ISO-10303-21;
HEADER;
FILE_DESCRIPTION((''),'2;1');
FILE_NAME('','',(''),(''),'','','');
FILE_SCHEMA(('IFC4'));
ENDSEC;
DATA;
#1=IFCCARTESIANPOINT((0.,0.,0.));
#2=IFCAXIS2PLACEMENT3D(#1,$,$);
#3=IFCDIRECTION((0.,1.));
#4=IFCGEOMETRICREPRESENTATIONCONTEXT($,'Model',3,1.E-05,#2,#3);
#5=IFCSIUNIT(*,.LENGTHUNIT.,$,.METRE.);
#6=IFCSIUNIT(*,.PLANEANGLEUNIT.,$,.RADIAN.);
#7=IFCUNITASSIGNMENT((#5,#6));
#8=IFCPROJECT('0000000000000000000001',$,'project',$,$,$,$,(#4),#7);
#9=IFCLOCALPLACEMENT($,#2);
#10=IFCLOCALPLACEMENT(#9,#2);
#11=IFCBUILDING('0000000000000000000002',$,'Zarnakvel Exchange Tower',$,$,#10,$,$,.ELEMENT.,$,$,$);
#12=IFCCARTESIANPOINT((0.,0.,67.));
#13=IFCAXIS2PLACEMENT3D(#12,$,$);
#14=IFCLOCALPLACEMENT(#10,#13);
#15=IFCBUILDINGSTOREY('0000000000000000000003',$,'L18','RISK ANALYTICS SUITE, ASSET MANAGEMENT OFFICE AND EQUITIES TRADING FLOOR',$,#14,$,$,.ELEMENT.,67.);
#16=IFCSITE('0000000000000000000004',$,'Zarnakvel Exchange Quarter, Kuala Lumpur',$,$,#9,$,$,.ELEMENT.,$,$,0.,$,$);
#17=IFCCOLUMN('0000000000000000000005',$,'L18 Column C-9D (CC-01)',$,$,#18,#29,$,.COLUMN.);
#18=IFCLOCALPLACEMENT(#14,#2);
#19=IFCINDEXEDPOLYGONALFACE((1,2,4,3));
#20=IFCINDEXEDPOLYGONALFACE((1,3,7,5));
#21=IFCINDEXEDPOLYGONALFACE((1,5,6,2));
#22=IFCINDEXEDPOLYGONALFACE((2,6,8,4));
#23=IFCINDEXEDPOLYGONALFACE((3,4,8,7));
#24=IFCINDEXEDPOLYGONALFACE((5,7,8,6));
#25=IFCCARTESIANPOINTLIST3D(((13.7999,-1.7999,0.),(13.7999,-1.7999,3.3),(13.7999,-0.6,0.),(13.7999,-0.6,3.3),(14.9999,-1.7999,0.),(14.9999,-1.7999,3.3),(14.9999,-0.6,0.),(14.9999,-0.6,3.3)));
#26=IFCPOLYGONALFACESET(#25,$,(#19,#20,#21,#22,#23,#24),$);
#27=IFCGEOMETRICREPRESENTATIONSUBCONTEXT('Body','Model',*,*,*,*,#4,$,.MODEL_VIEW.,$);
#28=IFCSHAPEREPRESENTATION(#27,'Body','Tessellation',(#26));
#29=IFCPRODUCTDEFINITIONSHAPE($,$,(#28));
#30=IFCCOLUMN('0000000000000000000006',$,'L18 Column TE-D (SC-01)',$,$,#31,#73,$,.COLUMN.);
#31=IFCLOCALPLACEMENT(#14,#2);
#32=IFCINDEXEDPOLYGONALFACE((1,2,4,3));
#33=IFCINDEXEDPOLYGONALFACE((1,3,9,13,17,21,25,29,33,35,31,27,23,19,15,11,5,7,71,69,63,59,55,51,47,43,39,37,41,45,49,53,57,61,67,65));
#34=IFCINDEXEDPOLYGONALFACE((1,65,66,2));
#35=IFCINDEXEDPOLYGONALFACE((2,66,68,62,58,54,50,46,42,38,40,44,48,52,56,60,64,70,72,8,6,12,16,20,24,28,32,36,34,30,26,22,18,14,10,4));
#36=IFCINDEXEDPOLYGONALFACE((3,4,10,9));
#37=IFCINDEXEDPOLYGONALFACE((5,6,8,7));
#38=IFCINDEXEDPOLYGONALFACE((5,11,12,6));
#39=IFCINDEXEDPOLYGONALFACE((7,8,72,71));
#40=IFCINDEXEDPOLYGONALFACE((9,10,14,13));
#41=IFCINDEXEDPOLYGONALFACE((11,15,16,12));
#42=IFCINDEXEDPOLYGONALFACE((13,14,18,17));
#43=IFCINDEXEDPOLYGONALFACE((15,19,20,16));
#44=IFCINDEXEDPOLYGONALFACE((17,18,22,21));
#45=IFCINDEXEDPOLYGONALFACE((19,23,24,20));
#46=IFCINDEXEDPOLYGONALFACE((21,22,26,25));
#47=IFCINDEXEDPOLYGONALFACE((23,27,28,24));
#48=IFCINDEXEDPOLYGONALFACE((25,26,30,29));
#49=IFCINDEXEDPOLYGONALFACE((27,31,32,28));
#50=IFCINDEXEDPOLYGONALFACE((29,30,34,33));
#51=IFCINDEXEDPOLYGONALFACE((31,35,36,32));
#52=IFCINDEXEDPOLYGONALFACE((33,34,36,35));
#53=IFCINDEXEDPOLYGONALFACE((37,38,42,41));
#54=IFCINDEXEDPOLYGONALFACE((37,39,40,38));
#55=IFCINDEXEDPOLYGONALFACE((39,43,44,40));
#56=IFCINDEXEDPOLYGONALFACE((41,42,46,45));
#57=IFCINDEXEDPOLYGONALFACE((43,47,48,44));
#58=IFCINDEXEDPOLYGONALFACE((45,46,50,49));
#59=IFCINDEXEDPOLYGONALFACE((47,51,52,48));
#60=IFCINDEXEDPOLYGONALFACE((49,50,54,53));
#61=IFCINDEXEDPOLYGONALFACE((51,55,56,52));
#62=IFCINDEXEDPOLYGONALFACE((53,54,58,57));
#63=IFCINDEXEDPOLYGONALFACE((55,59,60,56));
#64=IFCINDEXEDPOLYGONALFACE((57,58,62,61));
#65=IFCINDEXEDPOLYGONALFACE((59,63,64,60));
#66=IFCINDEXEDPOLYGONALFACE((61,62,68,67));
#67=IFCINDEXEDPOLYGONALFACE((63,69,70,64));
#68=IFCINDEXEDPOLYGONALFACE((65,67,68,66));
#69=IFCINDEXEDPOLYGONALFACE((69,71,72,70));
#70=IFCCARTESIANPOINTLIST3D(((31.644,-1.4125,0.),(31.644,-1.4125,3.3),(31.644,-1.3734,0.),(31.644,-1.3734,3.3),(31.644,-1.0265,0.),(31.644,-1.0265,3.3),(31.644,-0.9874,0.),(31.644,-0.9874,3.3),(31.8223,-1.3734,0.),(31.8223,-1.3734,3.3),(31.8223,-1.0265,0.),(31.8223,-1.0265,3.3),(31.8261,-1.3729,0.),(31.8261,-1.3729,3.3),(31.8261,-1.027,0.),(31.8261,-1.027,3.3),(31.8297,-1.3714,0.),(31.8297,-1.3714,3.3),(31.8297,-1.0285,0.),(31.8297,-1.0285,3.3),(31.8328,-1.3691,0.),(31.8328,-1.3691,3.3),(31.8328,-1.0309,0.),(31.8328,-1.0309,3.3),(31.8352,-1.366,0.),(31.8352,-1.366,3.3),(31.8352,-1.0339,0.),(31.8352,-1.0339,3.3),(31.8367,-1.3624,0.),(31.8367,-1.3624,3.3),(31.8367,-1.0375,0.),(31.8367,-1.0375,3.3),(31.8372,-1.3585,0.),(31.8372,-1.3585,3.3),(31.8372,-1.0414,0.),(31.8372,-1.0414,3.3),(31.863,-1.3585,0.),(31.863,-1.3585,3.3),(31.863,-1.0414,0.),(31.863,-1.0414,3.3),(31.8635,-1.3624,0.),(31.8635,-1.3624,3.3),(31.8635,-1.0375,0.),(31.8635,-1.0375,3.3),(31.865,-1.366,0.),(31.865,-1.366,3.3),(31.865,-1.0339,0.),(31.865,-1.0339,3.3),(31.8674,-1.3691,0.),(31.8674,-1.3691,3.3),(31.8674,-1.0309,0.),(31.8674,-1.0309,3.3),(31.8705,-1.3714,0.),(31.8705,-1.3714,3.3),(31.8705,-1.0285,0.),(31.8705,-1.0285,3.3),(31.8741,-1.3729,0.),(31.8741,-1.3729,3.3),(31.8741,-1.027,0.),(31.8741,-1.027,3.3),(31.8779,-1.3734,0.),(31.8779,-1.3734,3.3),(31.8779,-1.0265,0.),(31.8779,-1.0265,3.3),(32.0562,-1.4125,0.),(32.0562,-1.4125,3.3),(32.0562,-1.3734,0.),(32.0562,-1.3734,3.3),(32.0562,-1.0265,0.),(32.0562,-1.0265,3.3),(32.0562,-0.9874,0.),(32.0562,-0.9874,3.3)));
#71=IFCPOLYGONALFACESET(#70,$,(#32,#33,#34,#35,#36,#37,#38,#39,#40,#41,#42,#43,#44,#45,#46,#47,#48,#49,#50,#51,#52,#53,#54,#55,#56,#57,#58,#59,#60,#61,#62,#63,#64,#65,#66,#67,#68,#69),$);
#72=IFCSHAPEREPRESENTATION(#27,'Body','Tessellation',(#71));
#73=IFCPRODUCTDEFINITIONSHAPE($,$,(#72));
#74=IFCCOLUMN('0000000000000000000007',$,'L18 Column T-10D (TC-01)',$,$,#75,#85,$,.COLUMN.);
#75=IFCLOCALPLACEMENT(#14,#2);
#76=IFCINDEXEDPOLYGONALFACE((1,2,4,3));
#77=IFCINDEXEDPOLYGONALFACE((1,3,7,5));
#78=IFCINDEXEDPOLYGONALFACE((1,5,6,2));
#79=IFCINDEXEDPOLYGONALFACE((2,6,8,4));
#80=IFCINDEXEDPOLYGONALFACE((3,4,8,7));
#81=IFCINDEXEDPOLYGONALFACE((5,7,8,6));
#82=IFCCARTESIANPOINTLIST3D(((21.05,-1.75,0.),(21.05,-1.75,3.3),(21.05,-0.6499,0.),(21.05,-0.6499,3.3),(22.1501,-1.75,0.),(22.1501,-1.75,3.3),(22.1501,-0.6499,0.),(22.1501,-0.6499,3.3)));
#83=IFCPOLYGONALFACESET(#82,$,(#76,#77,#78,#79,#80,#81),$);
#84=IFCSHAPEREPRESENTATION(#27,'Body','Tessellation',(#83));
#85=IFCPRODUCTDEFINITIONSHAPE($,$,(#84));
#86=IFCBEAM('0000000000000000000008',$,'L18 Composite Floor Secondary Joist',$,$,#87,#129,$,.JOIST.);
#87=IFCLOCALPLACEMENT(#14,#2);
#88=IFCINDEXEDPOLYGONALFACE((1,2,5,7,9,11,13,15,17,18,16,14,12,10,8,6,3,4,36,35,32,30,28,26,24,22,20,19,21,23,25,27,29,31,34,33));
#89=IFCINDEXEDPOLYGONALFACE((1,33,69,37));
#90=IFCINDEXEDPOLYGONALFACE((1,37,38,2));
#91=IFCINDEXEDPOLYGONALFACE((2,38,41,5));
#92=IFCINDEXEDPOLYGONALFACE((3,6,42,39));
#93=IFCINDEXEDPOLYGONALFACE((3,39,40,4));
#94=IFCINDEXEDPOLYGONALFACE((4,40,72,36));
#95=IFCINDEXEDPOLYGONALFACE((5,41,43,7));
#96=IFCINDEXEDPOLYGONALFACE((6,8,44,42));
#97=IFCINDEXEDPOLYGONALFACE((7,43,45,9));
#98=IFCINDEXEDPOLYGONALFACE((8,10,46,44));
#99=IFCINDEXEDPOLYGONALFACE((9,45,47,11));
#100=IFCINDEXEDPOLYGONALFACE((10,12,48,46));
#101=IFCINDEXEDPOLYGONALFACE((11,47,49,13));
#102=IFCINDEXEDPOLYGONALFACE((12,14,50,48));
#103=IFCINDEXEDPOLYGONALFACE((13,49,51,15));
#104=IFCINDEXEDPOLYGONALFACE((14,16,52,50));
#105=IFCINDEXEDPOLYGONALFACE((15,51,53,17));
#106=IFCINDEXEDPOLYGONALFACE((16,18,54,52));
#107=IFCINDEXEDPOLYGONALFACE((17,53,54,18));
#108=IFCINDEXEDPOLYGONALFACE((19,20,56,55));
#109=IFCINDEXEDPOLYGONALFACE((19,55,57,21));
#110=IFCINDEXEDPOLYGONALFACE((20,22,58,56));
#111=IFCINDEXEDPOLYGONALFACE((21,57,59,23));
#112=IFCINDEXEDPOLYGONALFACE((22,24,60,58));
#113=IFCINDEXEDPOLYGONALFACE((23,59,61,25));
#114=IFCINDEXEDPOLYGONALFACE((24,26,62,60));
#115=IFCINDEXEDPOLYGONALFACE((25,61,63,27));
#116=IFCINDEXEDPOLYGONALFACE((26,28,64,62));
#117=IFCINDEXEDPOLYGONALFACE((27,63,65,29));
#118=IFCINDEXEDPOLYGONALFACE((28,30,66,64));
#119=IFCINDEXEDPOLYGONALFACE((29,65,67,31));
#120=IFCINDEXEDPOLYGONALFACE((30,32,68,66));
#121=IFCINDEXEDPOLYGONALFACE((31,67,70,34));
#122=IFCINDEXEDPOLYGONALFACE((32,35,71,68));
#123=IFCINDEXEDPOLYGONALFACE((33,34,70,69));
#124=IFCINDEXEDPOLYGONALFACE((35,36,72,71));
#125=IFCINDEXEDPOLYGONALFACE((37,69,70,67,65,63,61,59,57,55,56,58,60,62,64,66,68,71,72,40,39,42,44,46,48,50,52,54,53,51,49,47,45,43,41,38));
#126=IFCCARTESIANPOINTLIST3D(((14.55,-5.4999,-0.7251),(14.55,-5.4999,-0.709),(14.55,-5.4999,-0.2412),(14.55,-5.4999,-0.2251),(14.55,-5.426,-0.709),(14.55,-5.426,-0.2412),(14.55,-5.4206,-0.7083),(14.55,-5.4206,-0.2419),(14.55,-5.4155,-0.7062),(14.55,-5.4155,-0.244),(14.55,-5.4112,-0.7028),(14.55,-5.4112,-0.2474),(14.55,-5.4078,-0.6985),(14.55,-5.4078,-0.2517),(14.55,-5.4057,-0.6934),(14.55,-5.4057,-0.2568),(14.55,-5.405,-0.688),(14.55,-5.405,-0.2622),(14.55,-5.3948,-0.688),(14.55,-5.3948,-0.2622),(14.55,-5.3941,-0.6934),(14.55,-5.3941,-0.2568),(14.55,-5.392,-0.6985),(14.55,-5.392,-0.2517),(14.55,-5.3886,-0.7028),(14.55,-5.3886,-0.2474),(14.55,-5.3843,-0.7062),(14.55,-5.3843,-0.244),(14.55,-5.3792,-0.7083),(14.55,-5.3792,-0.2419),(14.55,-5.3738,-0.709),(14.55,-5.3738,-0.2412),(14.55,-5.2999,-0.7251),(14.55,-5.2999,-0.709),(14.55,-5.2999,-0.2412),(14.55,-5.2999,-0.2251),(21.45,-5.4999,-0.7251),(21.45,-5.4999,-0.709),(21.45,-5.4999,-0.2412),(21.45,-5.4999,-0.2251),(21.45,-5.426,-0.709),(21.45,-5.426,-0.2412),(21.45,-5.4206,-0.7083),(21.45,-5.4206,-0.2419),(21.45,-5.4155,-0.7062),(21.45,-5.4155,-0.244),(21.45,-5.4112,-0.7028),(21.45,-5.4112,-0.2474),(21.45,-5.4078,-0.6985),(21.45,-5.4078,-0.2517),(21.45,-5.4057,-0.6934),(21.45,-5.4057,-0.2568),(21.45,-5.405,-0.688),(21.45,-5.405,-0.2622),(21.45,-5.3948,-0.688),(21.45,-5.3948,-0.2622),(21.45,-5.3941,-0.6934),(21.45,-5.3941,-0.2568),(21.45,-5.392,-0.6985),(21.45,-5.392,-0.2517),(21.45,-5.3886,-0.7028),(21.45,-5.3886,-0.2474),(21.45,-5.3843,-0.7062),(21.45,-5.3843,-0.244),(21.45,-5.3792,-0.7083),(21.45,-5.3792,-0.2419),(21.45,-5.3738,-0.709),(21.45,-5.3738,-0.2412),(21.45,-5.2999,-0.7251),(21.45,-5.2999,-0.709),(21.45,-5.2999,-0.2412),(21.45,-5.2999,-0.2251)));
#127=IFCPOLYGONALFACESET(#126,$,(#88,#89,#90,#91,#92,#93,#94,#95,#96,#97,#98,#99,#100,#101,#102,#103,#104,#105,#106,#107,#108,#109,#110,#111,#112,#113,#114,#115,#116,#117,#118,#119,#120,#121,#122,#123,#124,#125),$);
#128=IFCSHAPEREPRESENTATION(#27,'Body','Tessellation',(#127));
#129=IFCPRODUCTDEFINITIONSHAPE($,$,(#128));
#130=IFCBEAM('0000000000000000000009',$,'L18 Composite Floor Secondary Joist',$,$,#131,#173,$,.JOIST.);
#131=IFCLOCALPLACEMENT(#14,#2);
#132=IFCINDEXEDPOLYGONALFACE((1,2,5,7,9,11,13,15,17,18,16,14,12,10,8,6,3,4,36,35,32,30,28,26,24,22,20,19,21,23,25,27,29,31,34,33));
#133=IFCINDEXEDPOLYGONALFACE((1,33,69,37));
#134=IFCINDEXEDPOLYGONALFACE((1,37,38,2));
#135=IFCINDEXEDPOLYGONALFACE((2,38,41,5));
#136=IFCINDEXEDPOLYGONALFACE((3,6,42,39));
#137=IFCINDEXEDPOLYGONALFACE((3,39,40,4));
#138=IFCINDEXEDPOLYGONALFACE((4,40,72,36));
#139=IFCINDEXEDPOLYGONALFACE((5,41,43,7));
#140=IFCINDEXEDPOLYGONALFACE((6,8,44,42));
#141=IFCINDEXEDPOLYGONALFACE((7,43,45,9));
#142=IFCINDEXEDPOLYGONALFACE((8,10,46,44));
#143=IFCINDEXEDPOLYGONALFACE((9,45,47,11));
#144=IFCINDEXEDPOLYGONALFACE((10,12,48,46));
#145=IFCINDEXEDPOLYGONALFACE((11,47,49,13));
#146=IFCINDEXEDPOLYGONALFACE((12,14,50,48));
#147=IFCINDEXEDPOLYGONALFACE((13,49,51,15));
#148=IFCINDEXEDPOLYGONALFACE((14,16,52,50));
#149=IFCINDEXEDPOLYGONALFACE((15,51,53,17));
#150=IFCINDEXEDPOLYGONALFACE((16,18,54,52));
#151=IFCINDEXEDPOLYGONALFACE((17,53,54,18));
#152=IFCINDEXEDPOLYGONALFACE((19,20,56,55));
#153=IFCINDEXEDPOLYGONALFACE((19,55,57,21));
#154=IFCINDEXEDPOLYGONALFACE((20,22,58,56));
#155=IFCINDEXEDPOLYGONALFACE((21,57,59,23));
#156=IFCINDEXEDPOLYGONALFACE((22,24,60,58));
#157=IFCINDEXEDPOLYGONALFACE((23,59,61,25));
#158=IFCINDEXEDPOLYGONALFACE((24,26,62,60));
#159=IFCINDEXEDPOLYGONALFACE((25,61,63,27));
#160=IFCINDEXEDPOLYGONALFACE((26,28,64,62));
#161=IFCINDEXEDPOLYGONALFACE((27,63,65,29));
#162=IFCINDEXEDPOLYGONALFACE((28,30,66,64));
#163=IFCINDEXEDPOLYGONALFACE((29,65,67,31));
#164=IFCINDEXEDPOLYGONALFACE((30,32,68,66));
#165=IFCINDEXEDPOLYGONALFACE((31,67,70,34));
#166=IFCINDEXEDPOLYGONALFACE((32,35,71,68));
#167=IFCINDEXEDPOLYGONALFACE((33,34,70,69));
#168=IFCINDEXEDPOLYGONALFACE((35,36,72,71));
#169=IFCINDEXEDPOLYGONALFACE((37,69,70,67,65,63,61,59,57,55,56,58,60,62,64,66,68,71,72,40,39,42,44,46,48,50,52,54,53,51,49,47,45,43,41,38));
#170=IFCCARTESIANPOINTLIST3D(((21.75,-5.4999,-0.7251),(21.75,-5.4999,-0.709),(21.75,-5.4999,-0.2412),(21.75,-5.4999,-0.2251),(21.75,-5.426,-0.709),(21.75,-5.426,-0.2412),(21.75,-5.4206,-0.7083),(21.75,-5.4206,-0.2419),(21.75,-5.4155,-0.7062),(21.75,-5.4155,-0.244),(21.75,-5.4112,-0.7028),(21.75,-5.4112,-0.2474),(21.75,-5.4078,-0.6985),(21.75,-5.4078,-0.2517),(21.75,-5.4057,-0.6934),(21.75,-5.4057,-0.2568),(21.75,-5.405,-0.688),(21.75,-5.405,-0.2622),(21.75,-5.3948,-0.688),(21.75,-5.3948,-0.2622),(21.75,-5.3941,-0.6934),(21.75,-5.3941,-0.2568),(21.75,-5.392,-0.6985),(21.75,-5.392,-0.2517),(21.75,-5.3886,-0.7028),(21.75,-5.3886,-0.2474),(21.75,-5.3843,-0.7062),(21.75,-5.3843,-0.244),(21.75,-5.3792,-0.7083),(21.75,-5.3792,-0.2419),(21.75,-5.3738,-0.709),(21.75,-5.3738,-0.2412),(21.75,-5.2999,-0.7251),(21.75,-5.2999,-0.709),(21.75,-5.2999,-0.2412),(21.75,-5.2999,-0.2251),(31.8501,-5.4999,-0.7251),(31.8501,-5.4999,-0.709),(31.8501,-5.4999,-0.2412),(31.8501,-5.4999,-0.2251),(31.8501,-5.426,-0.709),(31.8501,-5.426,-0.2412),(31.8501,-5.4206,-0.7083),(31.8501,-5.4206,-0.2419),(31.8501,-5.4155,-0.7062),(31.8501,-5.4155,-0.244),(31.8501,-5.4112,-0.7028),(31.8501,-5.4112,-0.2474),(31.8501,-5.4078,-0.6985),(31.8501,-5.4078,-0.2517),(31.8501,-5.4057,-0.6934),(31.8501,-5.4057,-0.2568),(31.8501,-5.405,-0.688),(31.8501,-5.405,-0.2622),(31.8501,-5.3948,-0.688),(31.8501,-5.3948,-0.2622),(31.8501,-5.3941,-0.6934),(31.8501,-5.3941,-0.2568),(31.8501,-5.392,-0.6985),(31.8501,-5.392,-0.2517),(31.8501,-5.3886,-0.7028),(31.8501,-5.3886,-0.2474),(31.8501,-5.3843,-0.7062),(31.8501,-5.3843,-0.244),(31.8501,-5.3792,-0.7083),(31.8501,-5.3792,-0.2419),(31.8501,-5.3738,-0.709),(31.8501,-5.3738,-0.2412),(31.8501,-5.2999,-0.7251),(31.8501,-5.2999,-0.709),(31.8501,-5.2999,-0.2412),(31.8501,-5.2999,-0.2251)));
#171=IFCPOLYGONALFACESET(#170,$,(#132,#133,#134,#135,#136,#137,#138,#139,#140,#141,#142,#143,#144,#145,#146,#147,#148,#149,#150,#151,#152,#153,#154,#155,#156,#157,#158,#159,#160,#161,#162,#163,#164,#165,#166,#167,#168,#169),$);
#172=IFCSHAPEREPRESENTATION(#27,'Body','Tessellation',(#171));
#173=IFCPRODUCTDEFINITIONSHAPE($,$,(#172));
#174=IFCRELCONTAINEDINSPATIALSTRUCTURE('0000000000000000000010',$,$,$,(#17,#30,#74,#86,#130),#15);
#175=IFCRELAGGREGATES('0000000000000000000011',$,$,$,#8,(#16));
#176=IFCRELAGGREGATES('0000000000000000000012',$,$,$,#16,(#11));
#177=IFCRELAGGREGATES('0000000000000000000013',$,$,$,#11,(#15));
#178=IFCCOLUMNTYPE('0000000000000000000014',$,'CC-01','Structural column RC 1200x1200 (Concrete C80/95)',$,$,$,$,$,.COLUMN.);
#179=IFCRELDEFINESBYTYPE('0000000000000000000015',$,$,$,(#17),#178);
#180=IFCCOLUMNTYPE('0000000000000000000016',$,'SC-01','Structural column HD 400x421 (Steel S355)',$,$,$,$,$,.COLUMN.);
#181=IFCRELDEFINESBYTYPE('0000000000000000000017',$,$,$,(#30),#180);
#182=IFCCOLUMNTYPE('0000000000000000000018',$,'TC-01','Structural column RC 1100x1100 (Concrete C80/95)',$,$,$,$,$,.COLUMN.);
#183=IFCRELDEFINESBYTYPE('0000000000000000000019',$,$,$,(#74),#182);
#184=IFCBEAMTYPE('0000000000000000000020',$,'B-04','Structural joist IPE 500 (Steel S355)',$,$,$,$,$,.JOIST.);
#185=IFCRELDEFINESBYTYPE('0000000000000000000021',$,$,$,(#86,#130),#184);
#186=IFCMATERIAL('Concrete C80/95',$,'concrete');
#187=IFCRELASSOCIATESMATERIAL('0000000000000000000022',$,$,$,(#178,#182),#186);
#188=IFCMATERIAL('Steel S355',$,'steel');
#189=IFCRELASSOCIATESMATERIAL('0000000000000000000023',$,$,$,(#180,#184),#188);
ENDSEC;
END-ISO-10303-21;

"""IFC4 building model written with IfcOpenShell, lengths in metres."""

from ifc_helpers import new_model, si_unit, direction, frame, origin, origin_2d, place, context, subcontext, project, spatial, rectangle, i_section, extrude, material, material_profile, profile_set, type_object, element, save


model = new_model("IFC4")

# Units and contexts
model_context = context("Model", 3, precision=1e-05, world=origin(), true_north=direction((0.0, 1.0)))
body_context = subcontext(model_context, "Body", "Model", "MODEL_VIEW")
ifc_project = project(units=[si_unit("LENGTHUNIT", "METRE"), si_unit("PLANEANGLEUNIT", "RADIAN")], contexts=[model_context])

# Site, building, storey
site_placement = place(None, origin())
site = spatial("IfcSite", under=ifc_project, at=site_placement, Name="Zarnakvel Exchange Quarter, Kuala Lumpur", CompositionType="ELEMENT", RefElevation=0.0)
building_placement = place(site_placement, origin())
building = spatial("IfcBuilding", under=site, at=building_placement, Name="Zarnakvel Exchange Tower", CompositionType="ELEMENT")
storey_placement = place(building_placement, frame((0.0, 0.0, 67.0)))
storey = spatial("IfcBuildingStorey", under=building, at=storey_placement, Name="L18", Description="RISK ANALYTICS SUITE, ASSET MANAGEMENT OFFICE AND EQUITIES TRADING FLOOR", CompositionType="ELEMENT", Elevation=67.0)

# Columns
ifc_material_1 = material(Name="Concrete C80/95", Category="concrete")
ifc_material_profile_1 = material_profile(ifc_material_1, rectangle(XDim=1.2, YDim=1.2, at=origin_2d()))
ifc_profile_set_1 = profile_set([ifc_material_profile_1], Name="Concrete C80/95")
column_type_1 = type_object("IfcColumnType", Name="CC-01", Description="Structural column RC 1200x1200 (Concrete C80/95)", PredefinedType="COLUMN", material=ifc_profile_set_1)
column_1_placement = place(storey_placement, frame((14.3999, -1.2, 0.0), z_axis=(0.0, 0.0, 1.0), x_axis=(1.0, 0.0, 0.0)))
element("IfcColumn", 1, at=column_1_placement, inside=storey, type_object=column_type_1, Name="L18 Column C-9D (CC-01)", PredefinedType="COLUMN", context=body_context, shape_type="SweptSolid", body=[
    extrude(rectangle(XDim=1.2, YDim=1.2, at=origin_2d()), origin(), (0.0, 0.0, 1.0), 3.3),
])
ifc_material_2 = material(Name="Steel S355", Category="steel")
ifc_material_profile_2 = material_profile(ifc_material_2, i_section(OverallWidth=0.4121, OverallDepth=0.425, WebThickness=0.0259, FlangeThickness=0.0391, FilletRadius=0.0149, at=origin_2d()))
ifc_profile_set_2 = profile_set([ifc_material_profile_2], Name="Steel S355")
column_type_2 = type_object("IfcColumnType", Name="SC-01", Description="Structural column HD 400x421 (Steel S355)", PredefinedType="COLUMN", material=ifc_profile_set_2)
column_2_placement = place(storey_placement, frame((31.8501, -1.2, 0.0), z_axis=(0.0, 0.0, 1.0), x_axis=(1.0, 0.0, 0.0)))
element("IfcColumn", 2, at=column_2_placement, inside=storey, type_object=column_type_2, Name="L18 Column TE-D (SC-01)", PredefinedType="COLUMN", context=body_context, shape_type="SweptSolid", body=[
    extrude(i_section(OverallWidth=0.4121, OverallDepth=0.425, WebThickness=0.0259, FlangeThickness=0.0391, FilletRadius=0.0149, at=origin_2d()), origin(), (0.0, 0.0, 1.0), 3.3),
])
ifc_material_profile_3 = material_profile(ifc_material_1, rectangle(XDim=1.1001, YDim=1.1001, at=origin_2d()))
ifc_profile_set_3 = profile_set([ifc_material_profile_3], Name="Concrete C80/95")
column_type_3 = type_object("IfcColumnType", Name="TC-01", Description="Structural column RC 1100x1100 (Concrete C80/95)", PredefinedType="COLUMN", material=ifc_profile_set_3)
column_3_placement = place(storey_placement, frame((21.6001, -1.2, 0.0), z_axis=(0.0, 0.0, 1.0), x_axis=(1.0, 0.0, 0.0)))
element("IfcColumn", 3, at=column_3_placement, inside=storey, type_object=column_type_3, Name="L18 Column T-10D (TC-01)", PredefinedType="COLUMN", context=body_context, shape_type="SweptSolid", body=[
    extrude(rectangle(XDim=1.1001, YDim=1.1001, at=origin_2d()), origin(), (0.0, 0.0, 1.0), 3.3),
])

# Beams
ifc_material_profile_4 = material_profile(ifc_material_2, i_section(OverallWidth=0.2, OverallDepth=0.5, WebThickness=0.0103, FlangeThickness=0.0161, FilletRadius=0.021, at=origin_2d()))
ifc_profile_set_4 = profile_set([ifc_material_profile_4], Name="Steel S355")
beam_type_1 = type_object("IfcBeamType", Name="B-04", Description="Structural joist IPE 500 (Steel S355)", PredefinedType="JOIST", material=ifc_profile_set_4)
beam_1_placement = place(storey_placement, frame((14.55, -5.3999, -0.4751), z_axis=(1.0, 0.0, 0.0), x_axis=(0.0, 1.0, 0.0)))
element("IfcBeam", 4, at=beam_1_placement, inside=storey, type_object=beam_type_1, Name="L18 Composite Floor Secondary Joist", PredefinedType="JOIST", context=body_context, shape_type="SweptSolid", body=[
    extrude(i_section(OverallWidth=0.2, OverallDepth=0.5, WebThickness=0.0103, FlangeThickness=0.0161, FilletRadius=0.021, at=origin_2d()), origin(), (0.0, 0.0, 1.0), 6.8999),
])
beam_2_placement = place(storey_placement, frame((21.75, -5.3999, -0.4751), z_axis=(1.0, 0.0, 0.0), x_axis=(0.0, 1.0, 0.0)))
element("IfcBeam", 5, at=beam_2_placement, inside=storey, type_object=beam_type_1, Name="L18 Composite Floor Secondary Joist", PredefinedType="JOIST", context=body_context, shape_type="SweptSolid", body=[
    extrude(i_section(OverallWidth=0.2, OverallDepth=0.5, WebThickness=0.0103, FlangeThickness=0.0161, FilletRadius=0.021, at=origin_2d()), origin(), (0.0, 0.0, 1.0), 10.1001),
])

save(model, "model.ifc")
